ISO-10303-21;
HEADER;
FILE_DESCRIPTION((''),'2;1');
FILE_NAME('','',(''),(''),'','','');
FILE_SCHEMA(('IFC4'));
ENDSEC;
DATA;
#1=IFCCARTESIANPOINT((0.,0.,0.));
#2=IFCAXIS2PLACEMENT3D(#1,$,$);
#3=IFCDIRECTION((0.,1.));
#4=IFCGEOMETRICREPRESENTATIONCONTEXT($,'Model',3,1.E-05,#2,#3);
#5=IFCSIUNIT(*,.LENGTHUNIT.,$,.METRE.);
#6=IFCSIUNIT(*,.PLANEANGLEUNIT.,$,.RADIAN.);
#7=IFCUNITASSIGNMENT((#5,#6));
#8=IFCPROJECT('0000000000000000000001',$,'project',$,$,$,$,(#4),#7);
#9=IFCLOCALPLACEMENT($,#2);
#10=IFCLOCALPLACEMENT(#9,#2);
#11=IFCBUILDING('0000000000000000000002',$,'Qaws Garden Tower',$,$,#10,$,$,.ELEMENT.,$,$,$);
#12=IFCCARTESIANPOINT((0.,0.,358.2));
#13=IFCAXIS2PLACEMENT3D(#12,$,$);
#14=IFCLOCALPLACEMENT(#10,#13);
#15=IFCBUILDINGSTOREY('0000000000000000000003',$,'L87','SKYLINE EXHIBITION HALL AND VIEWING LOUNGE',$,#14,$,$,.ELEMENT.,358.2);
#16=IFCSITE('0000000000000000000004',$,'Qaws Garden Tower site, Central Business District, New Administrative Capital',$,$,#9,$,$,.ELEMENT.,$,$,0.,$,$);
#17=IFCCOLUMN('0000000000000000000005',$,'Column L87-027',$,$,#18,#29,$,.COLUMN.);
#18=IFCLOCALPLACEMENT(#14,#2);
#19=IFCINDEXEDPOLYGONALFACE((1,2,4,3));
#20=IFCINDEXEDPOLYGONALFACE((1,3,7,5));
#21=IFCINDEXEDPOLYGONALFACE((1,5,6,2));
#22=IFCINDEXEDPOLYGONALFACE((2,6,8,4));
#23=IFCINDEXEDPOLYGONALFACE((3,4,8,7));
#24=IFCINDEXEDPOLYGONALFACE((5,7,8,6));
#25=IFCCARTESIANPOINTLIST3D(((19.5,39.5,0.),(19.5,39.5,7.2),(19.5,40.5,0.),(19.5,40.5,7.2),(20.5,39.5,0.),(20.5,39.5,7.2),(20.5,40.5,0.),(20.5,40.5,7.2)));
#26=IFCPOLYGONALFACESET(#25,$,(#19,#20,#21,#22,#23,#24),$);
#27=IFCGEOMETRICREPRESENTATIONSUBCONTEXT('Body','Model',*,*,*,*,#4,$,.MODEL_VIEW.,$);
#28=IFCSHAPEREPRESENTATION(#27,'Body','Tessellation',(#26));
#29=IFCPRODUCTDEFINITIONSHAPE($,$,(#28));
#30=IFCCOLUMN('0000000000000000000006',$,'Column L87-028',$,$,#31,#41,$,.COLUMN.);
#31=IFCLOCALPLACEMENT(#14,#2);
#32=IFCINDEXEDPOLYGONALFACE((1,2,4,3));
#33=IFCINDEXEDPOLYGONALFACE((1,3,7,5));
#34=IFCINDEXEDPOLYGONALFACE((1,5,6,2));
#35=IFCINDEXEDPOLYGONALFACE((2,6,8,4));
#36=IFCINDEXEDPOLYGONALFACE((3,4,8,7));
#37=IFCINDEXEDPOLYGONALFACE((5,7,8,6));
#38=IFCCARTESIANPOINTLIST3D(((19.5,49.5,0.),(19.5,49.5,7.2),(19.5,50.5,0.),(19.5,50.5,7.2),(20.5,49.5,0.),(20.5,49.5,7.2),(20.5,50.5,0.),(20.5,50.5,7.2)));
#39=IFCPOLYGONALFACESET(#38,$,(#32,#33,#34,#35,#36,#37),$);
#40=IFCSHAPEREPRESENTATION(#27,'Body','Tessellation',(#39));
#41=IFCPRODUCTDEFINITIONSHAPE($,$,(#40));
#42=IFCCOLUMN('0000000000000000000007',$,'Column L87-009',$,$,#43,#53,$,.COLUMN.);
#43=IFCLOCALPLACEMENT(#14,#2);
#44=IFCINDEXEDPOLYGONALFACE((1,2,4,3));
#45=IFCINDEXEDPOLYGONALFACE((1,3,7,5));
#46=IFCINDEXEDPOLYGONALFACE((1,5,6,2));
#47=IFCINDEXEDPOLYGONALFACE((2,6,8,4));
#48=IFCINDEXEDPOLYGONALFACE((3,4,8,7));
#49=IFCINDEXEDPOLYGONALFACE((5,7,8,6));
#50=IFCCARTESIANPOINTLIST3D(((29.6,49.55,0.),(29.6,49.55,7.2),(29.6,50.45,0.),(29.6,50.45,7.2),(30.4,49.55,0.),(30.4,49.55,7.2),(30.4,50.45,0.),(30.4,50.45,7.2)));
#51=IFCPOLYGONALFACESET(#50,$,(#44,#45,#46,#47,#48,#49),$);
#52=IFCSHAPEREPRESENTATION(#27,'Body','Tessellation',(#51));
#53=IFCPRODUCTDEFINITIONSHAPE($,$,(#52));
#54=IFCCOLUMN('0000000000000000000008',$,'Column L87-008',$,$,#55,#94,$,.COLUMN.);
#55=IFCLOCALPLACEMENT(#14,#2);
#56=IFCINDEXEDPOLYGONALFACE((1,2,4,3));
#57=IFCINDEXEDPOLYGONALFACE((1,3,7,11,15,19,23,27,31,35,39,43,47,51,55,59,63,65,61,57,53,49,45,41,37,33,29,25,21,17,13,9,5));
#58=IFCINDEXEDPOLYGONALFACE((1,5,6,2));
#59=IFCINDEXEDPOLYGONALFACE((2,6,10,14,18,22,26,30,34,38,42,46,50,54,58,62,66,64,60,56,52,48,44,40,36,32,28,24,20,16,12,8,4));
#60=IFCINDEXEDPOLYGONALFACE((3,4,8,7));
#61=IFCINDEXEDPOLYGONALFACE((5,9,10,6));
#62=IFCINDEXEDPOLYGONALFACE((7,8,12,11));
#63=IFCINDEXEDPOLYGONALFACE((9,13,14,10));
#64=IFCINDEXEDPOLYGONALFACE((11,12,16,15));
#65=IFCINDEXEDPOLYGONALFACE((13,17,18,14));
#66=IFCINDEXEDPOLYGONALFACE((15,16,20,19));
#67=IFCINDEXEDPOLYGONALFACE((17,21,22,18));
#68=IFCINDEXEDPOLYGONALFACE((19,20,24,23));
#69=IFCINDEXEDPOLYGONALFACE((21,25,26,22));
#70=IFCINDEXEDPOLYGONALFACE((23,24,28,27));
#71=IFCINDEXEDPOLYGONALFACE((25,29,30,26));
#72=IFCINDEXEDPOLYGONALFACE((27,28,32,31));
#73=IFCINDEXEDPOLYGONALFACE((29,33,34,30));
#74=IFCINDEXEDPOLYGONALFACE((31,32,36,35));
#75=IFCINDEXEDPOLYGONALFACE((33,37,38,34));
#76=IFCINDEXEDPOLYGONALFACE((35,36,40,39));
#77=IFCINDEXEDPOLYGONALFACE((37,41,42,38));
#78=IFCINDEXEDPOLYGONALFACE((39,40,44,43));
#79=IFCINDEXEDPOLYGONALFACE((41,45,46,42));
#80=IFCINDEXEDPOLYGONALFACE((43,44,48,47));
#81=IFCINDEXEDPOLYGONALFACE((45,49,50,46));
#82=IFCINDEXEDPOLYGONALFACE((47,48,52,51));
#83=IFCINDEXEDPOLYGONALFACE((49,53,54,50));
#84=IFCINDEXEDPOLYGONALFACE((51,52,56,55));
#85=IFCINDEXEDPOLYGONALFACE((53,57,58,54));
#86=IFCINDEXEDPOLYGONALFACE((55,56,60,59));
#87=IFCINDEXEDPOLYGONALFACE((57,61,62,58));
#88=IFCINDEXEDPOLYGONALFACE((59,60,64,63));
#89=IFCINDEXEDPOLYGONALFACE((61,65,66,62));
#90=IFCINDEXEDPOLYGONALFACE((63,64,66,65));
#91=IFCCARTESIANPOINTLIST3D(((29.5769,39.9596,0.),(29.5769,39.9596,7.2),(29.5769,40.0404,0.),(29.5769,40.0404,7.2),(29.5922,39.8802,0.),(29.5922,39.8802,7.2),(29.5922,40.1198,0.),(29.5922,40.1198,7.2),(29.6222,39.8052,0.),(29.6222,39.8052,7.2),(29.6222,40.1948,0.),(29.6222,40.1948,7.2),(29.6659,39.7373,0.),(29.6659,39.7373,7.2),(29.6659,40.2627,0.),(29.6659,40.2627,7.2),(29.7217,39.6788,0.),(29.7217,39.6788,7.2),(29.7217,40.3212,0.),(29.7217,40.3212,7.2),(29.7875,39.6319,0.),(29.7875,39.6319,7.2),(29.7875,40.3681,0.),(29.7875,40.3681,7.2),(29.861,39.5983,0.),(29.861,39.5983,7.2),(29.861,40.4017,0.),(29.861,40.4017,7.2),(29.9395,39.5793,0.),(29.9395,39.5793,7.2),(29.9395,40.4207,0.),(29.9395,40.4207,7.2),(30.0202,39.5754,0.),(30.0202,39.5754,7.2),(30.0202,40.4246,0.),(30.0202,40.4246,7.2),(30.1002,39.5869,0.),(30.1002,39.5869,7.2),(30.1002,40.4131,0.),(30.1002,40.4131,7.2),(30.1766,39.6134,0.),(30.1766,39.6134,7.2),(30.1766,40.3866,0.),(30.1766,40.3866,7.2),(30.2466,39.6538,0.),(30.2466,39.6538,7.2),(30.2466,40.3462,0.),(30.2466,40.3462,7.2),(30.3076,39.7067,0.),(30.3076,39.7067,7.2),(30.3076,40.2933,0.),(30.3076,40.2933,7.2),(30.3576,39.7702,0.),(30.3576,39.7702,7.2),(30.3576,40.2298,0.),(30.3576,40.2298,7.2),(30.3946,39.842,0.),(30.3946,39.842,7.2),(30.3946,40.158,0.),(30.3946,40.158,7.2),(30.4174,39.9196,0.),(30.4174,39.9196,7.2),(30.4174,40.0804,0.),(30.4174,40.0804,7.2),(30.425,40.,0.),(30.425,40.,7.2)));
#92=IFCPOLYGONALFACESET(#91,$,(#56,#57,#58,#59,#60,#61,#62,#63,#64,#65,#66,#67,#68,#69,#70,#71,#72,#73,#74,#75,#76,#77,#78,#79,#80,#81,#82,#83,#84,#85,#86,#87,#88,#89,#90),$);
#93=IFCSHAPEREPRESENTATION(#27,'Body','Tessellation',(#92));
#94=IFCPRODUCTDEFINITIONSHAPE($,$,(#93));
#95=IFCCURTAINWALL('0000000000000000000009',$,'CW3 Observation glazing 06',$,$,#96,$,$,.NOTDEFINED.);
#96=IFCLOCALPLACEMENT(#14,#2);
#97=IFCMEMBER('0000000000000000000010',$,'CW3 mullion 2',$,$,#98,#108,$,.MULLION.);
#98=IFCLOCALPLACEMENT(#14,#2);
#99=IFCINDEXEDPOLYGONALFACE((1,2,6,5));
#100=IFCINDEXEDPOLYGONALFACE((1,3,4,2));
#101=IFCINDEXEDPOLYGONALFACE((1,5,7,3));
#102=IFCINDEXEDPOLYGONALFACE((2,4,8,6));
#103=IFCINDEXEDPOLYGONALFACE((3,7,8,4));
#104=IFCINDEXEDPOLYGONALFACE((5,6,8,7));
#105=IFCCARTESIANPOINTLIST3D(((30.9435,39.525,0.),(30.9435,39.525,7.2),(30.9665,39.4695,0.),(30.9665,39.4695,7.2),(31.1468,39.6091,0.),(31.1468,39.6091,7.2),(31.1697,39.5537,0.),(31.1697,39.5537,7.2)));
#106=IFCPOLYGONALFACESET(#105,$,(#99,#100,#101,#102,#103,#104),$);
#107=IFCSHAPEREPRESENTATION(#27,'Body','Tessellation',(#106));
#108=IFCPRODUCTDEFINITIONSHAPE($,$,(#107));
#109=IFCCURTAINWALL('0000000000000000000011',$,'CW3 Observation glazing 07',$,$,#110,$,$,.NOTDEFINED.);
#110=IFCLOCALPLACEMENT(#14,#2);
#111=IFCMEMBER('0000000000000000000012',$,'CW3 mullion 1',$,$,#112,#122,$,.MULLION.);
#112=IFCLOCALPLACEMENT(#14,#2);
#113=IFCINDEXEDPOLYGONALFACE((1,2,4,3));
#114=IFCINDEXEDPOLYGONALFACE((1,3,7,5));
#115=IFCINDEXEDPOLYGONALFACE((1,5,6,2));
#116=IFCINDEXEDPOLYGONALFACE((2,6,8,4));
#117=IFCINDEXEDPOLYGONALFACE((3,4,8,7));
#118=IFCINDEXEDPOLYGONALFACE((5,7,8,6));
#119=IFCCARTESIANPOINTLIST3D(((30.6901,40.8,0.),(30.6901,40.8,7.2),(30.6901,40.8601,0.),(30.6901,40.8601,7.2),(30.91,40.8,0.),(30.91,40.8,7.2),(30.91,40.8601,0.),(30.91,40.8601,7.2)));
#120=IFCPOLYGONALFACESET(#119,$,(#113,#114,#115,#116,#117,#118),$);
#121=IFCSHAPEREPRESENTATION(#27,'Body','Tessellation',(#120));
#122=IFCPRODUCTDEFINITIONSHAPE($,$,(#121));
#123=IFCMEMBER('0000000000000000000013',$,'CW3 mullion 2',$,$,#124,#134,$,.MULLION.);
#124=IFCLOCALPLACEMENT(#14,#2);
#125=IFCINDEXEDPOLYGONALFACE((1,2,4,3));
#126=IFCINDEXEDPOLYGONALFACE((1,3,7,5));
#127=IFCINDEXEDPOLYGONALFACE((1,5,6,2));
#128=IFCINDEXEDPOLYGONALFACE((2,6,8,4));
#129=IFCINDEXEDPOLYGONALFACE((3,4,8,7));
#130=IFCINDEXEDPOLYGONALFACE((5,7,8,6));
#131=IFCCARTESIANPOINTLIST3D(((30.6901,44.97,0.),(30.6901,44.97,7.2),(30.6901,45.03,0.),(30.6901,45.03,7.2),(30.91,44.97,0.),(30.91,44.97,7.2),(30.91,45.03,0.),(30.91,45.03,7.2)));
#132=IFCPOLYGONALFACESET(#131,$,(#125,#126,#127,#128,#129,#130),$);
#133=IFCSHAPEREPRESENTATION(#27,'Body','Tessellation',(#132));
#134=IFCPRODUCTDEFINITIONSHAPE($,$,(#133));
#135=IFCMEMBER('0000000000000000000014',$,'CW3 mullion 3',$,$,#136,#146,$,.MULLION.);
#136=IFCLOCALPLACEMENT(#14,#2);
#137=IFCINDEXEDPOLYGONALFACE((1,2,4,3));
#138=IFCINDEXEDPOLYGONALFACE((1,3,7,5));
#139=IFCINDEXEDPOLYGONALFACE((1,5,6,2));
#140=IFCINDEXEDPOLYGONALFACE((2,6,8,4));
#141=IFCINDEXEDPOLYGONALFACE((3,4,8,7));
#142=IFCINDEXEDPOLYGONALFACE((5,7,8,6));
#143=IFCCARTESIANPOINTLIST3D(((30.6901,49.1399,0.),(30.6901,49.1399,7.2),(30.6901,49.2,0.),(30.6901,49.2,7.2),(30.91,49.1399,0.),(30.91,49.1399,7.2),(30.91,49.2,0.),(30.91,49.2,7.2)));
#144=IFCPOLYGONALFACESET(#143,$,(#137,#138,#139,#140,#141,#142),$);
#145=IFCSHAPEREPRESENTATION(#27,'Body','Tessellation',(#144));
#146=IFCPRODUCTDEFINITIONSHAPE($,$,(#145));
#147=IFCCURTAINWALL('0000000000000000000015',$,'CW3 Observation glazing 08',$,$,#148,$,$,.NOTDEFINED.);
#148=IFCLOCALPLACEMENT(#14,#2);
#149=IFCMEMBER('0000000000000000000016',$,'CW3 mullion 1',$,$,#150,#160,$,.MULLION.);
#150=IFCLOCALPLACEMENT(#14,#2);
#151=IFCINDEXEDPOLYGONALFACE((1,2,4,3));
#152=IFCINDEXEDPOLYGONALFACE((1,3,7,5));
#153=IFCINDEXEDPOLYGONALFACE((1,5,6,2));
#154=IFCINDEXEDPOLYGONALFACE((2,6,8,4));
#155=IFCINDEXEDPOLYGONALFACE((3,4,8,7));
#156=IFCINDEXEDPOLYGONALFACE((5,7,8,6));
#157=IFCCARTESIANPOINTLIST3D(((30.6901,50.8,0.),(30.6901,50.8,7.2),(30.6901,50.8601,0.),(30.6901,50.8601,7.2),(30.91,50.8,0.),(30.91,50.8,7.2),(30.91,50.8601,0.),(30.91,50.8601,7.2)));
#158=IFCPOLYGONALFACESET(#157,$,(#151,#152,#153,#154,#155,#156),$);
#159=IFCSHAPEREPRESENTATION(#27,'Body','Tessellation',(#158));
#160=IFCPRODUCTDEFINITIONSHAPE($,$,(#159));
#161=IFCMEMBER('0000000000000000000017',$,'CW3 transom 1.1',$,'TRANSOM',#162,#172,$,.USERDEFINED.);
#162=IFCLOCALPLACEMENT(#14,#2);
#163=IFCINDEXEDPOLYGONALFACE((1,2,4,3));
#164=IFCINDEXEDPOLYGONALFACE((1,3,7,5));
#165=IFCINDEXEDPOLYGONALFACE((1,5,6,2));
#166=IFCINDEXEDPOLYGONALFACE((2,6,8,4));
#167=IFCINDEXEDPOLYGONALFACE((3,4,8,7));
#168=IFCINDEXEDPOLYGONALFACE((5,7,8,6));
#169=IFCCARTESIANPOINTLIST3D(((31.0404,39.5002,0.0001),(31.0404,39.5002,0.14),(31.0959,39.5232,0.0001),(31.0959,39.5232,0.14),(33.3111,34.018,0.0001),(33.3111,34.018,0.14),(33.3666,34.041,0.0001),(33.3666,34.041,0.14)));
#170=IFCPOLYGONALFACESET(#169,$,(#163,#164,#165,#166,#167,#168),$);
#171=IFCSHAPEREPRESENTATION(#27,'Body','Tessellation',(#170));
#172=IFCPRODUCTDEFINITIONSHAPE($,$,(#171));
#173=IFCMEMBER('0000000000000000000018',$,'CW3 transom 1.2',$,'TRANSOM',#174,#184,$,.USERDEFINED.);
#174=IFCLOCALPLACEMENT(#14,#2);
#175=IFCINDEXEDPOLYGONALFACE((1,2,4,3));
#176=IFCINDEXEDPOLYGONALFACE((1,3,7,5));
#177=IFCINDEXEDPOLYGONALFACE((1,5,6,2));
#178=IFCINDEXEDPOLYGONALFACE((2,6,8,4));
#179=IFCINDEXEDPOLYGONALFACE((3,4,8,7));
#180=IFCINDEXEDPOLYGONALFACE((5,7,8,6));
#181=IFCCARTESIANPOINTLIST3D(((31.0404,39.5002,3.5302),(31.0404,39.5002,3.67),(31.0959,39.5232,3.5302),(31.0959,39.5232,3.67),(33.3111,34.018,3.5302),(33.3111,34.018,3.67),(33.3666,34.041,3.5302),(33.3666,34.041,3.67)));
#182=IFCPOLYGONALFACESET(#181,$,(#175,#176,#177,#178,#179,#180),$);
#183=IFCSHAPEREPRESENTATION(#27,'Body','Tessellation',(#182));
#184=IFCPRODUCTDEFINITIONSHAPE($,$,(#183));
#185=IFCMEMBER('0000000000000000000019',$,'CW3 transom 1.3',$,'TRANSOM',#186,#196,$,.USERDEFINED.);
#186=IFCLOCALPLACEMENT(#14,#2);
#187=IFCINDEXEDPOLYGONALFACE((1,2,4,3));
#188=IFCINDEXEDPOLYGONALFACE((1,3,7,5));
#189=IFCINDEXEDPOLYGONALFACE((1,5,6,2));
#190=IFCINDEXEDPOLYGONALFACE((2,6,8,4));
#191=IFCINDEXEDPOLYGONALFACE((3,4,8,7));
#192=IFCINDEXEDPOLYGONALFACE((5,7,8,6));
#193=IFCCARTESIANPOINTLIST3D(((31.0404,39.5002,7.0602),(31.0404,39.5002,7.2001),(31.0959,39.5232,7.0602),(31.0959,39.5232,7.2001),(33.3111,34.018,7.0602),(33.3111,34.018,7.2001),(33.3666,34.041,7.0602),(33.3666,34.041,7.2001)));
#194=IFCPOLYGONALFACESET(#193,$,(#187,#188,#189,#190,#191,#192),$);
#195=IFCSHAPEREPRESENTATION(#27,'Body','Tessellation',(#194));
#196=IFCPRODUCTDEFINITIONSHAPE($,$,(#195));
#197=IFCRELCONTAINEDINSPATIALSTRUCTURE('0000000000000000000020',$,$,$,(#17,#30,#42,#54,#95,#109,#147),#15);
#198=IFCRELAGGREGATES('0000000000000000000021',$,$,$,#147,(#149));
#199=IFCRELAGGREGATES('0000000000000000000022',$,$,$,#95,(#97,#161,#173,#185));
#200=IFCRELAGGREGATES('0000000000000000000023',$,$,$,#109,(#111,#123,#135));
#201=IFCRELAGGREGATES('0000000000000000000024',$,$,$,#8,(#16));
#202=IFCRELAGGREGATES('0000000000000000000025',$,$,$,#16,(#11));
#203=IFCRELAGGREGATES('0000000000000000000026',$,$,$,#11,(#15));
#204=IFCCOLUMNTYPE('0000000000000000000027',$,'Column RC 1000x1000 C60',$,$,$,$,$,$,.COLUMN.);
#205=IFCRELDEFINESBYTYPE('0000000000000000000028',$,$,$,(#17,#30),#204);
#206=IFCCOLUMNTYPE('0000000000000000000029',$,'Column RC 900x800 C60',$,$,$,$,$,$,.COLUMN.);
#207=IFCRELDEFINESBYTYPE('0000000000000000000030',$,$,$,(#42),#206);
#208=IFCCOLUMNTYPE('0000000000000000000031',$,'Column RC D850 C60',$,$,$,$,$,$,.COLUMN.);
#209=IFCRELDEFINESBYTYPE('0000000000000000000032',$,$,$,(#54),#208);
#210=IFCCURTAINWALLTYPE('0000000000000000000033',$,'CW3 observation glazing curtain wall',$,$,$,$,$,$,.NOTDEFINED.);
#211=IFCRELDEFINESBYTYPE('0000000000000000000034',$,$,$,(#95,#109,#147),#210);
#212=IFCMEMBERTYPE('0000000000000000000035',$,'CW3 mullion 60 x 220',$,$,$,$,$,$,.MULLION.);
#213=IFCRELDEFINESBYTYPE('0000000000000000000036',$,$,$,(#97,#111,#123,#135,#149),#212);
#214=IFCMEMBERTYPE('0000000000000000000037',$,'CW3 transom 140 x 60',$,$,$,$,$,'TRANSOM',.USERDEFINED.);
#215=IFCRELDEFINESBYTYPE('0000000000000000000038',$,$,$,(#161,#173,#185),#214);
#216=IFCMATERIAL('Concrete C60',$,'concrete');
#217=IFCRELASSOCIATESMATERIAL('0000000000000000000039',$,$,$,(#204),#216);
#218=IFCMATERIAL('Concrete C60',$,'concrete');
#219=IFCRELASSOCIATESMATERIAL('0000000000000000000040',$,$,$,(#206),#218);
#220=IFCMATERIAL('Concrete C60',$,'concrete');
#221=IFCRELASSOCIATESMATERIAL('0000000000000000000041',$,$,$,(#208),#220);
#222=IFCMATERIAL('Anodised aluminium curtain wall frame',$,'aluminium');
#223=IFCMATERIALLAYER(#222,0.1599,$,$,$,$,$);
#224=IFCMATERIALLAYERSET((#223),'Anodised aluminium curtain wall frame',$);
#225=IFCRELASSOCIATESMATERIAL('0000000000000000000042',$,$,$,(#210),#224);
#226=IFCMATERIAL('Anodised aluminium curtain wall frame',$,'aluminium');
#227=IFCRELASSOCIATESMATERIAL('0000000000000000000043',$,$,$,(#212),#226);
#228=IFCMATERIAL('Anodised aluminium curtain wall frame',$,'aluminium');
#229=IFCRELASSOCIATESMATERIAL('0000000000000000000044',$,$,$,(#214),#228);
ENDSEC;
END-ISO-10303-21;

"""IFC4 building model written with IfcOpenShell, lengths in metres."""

from ifc_helpers import new_model, si_unit, direction, frame, origin, origin_2d, place, context, subcontext, project, spatial, rectangle, circle, extrude, material, layer, layer_set, material_profile, profile_set, type_object, element, aggregate, save


model = new_model("IFC4")

# Units and contexts
model_context = context("Model", 3, precision=1e-05, world=origin(), true_north=direction((0.0, 1.0)))
body_context = subcontext(model_context, "Body", "Model", "MODEL_VIEW")
ifc_project = project(units=[si_unit("LENGTHUNIT", "METRE"), si_unit("PLANEANGLEUNIT", "RADIAN")], contexts=[model_context])

# Site, building, storey
site_placement = place(None, origin())
site = spatial("IfcSite", under=ifc_project, at=site_placement, Name="Qaws Garden Tower site, Central Business District, New Administrative Capital", CompositionType="ELEMENT", RefElevation=0.0)
building_placement = place(site_placement, origin())
building = spatial("IfcBuilding", under=site, at=building_placement, Name="Qaws Garden Tower", CompositionType="ELEMENT")
storey_placement = place(building_placement, frame((0.0, 0.0, 358.2)))
storey = spatial("IfcBuildingStorey", under=building, at=storey_placement, Name="L87", Description="SKYLINE EXHIBITION HALL AND VIEWING LOUNGE", CompositionType="ELEMENT", Elevation=358.2)

# Columns
ifc_material_1 = material(Name="Concrete C60", Category="concrete")
ifc_material_profile_1 = material_profile(ifc_material_1, rectangle(XDim=1.0, YDim=1.0, at=origin_2d()), Name="RC 1000x1000")
ifc_profile_set_1 = profile_set([ifc_material_profile_1], Name="Concrete C60")
column_type_1 = type_object("IfcColumnType", Name="Column RC 1000x1000 C60", PredefinedType="COLUMN", material=ifc_profile_set_1)
for number, where, z_axis, x_axis, name in (
    (1, (20.0, 40.0, 0.0), (0.0, 0.0, 1.0), (1.0, 0.0, 0.0), "Column L87-027"),
    (2, (20.0, 50.0, 0.0), (0.0, 0.0, 1.0), (1.0, 0.0, 0.0), "Column L87-028"),
):
    element("IfcColumn", number, at=place(storey_placement, frame(where, z_axis=z_axis, x_axis=x_axis)), inside=storey, type_object=column_type_1, Name=name, PredefinedType="COLUMN", context=body_context, shape_type="SweptSolid", body=[
        extrude(rectangle(XDim=1.0, YDim=1.0, at=origin_2d()), origin(), (0.0, 0.0, 1.0), 7.2),
    ])
ifc_material_2 = material(Name="Concrete C60", Category="concrete")
ifc_material_profile_2 = material_profile(ifc_material_2, rectangle(XDim=0.8999, YDim=0.8, at=origin_2d()), Name="RC 900x800")
ifc_profile_set_2 = profile_set([ifc_material_profile_2], Name="Concrete C60")
column_type_2 = type_object("IfcColumnType", Name="Column RC 900x800 C60", PredefinedType="COLUMN", material=ifc_profile_set_2)
column_1_placement = place(storey_placement, frame((30.0, 50.0, 0.0), z_axis=(0.0, 0.0, 1.0), x_axis=(0.0, 1.0, 0.0)))
element("IfcColumn", 3, at=column_1_placement, inside=storey, type_object=column_type_2, Name="Column L87-009", PredefinedType="COLUMN", context=body_context, shape_type="SweptSolid", body=[
    extrude(rectangle(XDim=0.8999, YDim=0.8, at=origin_2d()), origin(), (0.0, 0.0, 1.0), 7.2),
])
ifc_material_3 = material(Name="Concrete C60", Category="concrete")
ifc_material_profile_3 = material_profile(ifc_material_3, circle(Radius=0.425, at=origin_2d()), Name="RC D850")
ifc_profile_set_3 = profile_set([ifc_material_profile_3], Name="Concrete C60")
column_type_3 = type_object("IfcColumnType", Name="Column RC D850 C60", PredefinedType="COLUMN", material=ifc_profile_set_3)
column_2_placement = place(storey_placement, frame((30.0, 40.0, 0.0), z_axis=(0.0, 0.0, 1.0), x_axis=(1.0, 0.0, 0.0)))
element("IfcColumn", 4, at=column_2_placement, inside=storey, type_object=column_type_3, Name="Column L87-008", PredefinedType="COLUMN", context=body_context, shape_type="SweptSolid", body=[
    extrude(circle(Radius=0.425, at=origin_2d()), origin(), (0.0, 0.0, 1.0), 7.2),
])

# Curtain wall, member
ifc_material_4 = material(Name="Anodised aluminium curtain wall frame", Category="aluminium")
ifc_layer_1 = layer(ifc_material_4, 0.1599)
ifc_layer_set_1 = layer_set([ifc_layer_1], Name="Anodised aluminium curtain wall frame")
curtain_wall_type = type_object("IfcCurtainWallType", Name="CW3 observation glazing curtain wall", PredefinedType="NOTDEFINED", material=ifc_layer_set_1)
placement = place(storey_placement, origin())
curtain_wall_1 = element("IfcCurtainWall", 5, at=placement, inside=storey, type_object=curtain_wall_type, Name="CW3 Observation glazing 06", PredefinedType="NOTDEFINED")
ifc_material_5 = material(Name="Anodised aluminium curtain wall frame", Category="aluminium")
ifc_material_profile_4 = material_profile(ifc_material_5, rectangle(XDim=0.22, YDim=0.0601, at=origin_2d()), Name="AL 60x220")
ifc_profile_set_4 = profile_set([ifc_material_profile_4], Name="Anodised aluminium curtain wall frame")
member_type_1 = type_object("IfcMemberType", Name="CW3 mullion 60 x 220", PredefinedType="MULLION", material=ifc_profile_set_4)
member_1_placement = place(storey_placement, frame((31.0566, 39.5393, 0.0), z_axis=(0.0, 0.0, 1.0), x_axis=(-0.92388, -0.382683, 0.0)))
member_1 = element("IfcMember", 6, at=member_1_placement, type_object=member_type_1, Name="CW3 mullion 2", PredefinedType="MULLION", context=body_context, shape_type="SweptSolid", body=[
    extrude(rectangle(XDim=0.22, YDim=0.0601, at=origin_2d()), origin(), (0.0, 0.0, 1.0), 7.2),
])

# Curtain wall, members
curtain_wall_2 = element("IfcCurtainWall", 7, at=placement, inside=storey, type_object=curtain_wall_type, Name="CW3 Observation glazing 07", PredefinedType="NOTDEFINED")
member_2_placement = place(storey_placement, frame((30.8, 40.8301, 0.0), z_axis=(0.0, 0.0, 1.0), x_axis=(-1.0, 0.0, 0.0)))
member_2 = element("IfcMember", 8, at=member_2_placement, type_object=member_type_1, Name="CW3 mullion 1", PredefinedType="MULLION", context=body_context, shape_type="SweptSolid", body=[
    extrude(rectangle(XDim=0.22, YDim=0.0601, at=origin_2d()), origin(), (0.0, 0.0, 1.0), 7.2),
])
member_3_placement = place(storey_placement, frame((30.8, 45.0, 0.0), z_axis=(0.0, 0.0, 1.0), x_axis=(-1.0, 0.0, 0.0)))
member_3 = element("IfcMember", 9, at=member_3_placement, type_object=member_type_1, Name="CW3 mullion 2", PredefinedType="MULLION", context=body_context, shape_type="SweptSolid", body=[
    extrude(rectangle(XDim=0.22, YDim=0.0601, at=origin_2d()), origin(), (0.0, 0.0, 1.0), 7.2),
])
member_4_placement = place(storey_placement, frame((30.8, 49.1699, 0.0), z_axis=(0.0, 0.0, 1.0), x_axis=(-1.0, 0.0, 0.0)))
member_4 = element("IfcMember", 10, at=member_4_placement, type_object=member_type_1, Name="CW3 mullion 3", PredefinedType="MULLION", context=body_context, shape_type="SweptSolid", body=[
    extrude(rectangle(XDim=0.22, YDim=0.0601, at=origin_2d()), origin(), (0.0, 0.0, 1.0), 7.2),
])

# Curtain wall, member
curtain_wall_3 = element("IfcCurtainWall", 11, at=placement, inside=storey, type_object=curtain_wall_type, Name="CW3 Observation glazing 08", PredefinedType="NOTDEFINED")
member_5_placement = place(storey_placement, frame((30.8, 50.8301, 0.0), z_axis=(0.0, 0.0, 1.0), x_axis=(-1.0, 0.0, 0.0)))
member_5 = element("IfcMember", 12, at=member_5_placement, type_object=member_type_1, Name="CW3 mullion 1", PredefinedType="MULLION", context=body_context, shape_type="SweptSolid", body=[
    extrude(rectangle(XDim=0.22, YDim=0.0601, at=origin_2d()), origin(), (0.0, 0.0, 1.0), 7.2),
])

# Members
ifc_material_6 = material(Name="Anodised aluminium curtain wall frame", Category="aluminium")
ifc_material_profile_5 = material_profile(ifc_material_6, rectangle(XDim=0.0601, YDim=0.1399, at=origin_2d()), Name="AL 60x140")
ifc_profile_set_5 = profile_set([ifc_material_profile_5], Name="Anodised aluminium curtain wall frame")
member_type_2 = type_object("IfcMemberType", Name="CW3 transom 140 x 60", ElementType="TRANSOM", PredefinedType="USERDEFINED", material=ifc_profile_set_5)
member_6_placement = place(storey_placement, frame((33.3389, 34.0295, 0.0701), z_axis=(-0.382678, 0.923882, 0.0), x_axis=(-0.923882, -0.382678, 0.0)))
member_6 = element("IfcMember", 13, at=member_6_placement, type_object=member_type_2, Name="CW3 transom 1.1", ObjectType="TRANSOM", PredefinedType="USERDEFINED", context=body_context, shape_type="SweptSolid", body=[
    extrude(rectangle(XDim=0.0601, YDim=0.1399, at=origin_2d()), origin(), (0.0, 0.0, 1.0), 5.9338),
])
member_7_placement = place(storey_placement, frame((33.3389, 34.0295, 3.6001), z_axis=(-0.382678, 0.923882, 0.0), x_axis=(-0.923882, -0.382678, 0.0)))
member_7 = element("IfcMember", 14, at=member_7_placement, type_object=member_type_2, Name="CW3 transom 1.2", ObjectType="TRANSOM", PredefinedType="USERDEFINED", context=body_context, shape_type="SweptSolid", body=[
    extrude(rectangle(XDim=0.0601, YDim=0.1399, at=origin_2d()), origin(), (0.0, 0.0, 1.0), 5.9338),
])
member_8_placement = place(storey_placement, frame((33.3389, 34.0295, 7.1301), z_axis=(-0.382678, 0.923882, 0.0), x_axis=(-0.923882, -0.382678, 0.0)))
member_8 = element("IfcMember", 15, at=member_8_placement, type_object=member_type_2, Name="CW3 transom 1.3", ObjectType="TRANSOM", PredefinedType="USERDEFINED", context=body_context, shape_type="SweptSolid", body=[
    extrude(rectangle(XDim=0.0601, YDim=0.1399, at=origin_2d()), origin(), (0.0, 0.0, 1.0), 5.9338),
])
aggregate(curtain_wall_3, [member_5])

aggregate(curtain_wall_1, [member_1, member_6, member_7, member_8])
aggregate(curtain_wall_2, [member_2, member_3, member_4])

save(model, "model.ifc")
